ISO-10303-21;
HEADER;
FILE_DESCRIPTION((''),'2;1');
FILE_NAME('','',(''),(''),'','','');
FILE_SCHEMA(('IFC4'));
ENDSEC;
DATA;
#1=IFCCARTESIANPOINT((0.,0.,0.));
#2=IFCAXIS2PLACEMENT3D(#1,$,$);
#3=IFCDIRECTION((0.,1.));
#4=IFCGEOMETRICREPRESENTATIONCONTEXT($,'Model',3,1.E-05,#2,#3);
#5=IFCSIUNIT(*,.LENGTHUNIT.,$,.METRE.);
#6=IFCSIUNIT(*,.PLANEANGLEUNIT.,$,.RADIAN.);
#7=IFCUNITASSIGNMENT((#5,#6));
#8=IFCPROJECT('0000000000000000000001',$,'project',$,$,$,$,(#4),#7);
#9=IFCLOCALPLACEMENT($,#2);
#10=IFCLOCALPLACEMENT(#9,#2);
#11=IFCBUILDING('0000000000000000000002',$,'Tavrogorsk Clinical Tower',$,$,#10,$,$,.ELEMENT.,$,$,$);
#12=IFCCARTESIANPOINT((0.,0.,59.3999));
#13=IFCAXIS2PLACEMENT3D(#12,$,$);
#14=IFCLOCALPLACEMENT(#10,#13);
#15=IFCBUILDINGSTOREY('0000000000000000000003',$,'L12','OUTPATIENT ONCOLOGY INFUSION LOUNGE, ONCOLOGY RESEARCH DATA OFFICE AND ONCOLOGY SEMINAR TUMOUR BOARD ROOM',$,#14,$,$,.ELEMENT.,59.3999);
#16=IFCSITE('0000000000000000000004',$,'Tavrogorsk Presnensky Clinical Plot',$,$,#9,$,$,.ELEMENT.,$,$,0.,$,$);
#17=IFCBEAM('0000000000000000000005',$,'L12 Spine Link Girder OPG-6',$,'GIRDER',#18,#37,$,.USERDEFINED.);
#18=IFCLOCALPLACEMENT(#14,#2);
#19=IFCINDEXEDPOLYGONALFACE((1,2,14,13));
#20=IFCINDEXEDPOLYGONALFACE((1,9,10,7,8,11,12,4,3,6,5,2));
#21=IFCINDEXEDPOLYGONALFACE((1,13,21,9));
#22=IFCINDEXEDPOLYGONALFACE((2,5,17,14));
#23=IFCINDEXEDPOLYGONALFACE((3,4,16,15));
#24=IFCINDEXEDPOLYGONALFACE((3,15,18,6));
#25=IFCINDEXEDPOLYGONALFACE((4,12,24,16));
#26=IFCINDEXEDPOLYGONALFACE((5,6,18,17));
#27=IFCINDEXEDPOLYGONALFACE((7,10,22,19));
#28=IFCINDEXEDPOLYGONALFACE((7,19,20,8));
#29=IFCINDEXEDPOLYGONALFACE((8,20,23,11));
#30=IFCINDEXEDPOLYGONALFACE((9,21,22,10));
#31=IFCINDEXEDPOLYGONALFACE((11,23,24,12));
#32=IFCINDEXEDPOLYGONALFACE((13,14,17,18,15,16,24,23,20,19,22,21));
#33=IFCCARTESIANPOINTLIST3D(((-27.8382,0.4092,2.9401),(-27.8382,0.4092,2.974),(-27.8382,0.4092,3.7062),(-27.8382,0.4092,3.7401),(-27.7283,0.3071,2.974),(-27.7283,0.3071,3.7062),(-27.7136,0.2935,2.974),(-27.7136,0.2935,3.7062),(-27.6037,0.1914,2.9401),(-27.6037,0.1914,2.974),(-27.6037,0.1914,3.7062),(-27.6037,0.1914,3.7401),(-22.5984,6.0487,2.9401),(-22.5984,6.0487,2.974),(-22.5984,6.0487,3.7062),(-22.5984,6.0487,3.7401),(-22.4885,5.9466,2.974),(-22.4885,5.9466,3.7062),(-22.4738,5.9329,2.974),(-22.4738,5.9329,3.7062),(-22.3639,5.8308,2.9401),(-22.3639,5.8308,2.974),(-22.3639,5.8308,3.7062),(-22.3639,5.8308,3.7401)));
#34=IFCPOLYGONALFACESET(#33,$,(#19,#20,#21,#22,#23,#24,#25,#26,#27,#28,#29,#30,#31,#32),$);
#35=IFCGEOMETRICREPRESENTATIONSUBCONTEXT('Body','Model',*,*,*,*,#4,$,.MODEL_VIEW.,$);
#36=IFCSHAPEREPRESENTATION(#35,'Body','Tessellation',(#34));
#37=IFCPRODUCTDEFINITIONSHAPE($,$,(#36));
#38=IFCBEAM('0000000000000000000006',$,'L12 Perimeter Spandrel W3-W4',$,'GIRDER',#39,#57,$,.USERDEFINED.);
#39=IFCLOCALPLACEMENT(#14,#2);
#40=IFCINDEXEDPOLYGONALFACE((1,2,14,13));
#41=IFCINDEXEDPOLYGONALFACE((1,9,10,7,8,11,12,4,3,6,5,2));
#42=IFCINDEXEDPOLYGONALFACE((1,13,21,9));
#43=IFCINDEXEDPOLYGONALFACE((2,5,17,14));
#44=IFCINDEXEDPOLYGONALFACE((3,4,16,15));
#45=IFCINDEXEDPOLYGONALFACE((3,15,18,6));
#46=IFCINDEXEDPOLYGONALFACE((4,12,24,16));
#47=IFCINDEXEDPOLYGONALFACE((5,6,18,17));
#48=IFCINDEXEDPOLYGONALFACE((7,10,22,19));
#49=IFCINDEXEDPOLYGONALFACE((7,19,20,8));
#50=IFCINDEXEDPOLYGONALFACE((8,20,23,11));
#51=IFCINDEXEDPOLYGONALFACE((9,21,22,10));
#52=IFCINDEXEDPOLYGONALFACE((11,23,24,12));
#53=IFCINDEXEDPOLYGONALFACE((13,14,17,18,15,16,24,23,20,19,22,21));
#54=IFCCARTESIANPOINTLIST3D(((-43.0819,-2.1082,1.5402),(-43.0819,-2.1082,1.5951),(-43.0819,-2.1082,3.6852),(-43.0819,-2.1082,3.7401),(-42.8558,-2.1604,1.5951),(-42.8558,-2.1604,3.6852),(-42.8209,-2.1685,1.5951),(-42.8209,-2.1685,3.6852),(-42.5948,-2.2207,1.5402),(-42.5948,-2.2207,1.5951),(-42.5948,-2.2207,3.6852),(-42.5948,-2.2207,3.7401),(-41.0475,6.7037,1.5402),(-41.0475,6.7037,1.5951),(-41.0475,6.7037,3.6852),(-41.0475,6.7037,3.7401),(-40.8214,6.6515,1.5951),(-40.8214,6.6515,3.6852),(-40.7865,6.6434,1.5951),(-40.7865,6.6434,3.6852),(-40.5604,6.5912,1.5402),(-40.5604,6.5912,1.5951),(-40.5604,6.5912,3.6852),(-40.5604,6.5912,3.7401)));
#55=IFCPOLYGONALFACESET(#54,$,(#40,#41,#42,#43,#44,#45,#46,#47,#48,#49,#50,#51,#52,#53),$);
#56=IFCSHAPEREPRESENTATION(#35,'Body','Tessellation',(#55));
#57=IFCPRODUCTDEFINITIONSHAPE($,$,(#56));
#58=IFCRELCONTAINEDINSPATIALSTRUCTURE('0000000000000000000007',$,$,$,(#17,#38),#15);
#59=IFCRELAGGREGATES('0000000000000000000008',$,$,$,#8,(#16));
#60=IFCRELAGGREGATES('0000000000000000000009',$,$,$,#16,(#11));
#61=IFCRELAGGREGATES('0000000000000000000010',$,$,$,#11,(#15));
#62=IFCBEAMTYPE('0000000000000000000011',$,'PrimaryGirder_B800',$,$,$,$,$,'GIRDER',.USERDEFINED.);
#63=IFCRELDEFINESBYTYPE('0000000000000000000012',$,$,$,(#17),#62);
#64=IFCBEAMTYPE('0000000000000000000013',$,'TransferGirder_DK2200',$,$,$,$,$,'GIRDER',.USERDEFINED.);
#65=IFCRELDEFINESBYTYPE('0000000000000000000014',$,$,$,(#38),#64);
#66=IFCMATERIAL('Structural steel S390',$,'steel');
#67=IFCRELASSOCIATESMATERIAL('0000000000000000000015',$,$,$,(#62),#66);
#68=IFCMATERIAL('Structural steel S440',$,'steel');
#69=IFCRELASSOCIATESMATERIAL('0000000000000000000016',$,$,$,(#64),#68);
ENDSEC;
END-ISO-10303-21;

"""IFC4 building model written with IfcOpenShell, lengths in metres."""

from ifc_helpers import new_model, si_unit, direction, frame, origin, origin_2d, place, context, subcontext, project, spatial, i_section, extrude, material, material_profile, profile_set, type_object, element, save


model = new_model("IFC4")

# Units and contexts
model_context = context("Model", 3, precision=1e-05, world=origin(), true_north=direction((0.0, 1.0)))
body_context = subcontext(model_context, "Body", "Model", "MODEL_VIEW")
ifc_project = project(units=[si_unit("LENGTHUNIT", "METRE"), si_unit("PLANEANGLEUNIT", "RADIAN")], contexts=[model_context])

# Site, building, storey
site_placement = place(None, origin())
site = spatial("IfcSite", under=ifc_project, at=site_placement, Name="Tavrogorsk Presnensky Clinical Plot", CompositionType="ELEMENT", RefElevation=0.0)
building_placement = place(site_placement, origin())
building = spatial("IfcBuilding", under=site, at=building_placement, Name="Tavrogorsk Clinical Tower", CompositionType="ELEMENT")
storey_placement = place(building_placement, frame((0.0, 0.0, 59.3999)))
storey = spatial("IfcBuildingStorey", under=building, at=storey_placement, Name="L12", Description="OUTPATIENT ONCOLOGY INFUSION LOUNGE, ONCOLOGY RESEARCH DATA OFFICE AND ONCOLOGY SEMINAR TUMOUR BOARD ROOM", CompositionType="ELEMENT", Elevation=59.3999)

# Beams
ifc_material_1 = material(Name="Structural steel S390", Category="steel")
ifc_material_profile_1 = material_profile(ifc_material_1, i_section(OverallWidth=0.3201, OverallDepth=0.8, WebThickness=0.02, FlangeThickness=0.0339, at=origin_2d()), Name="B-800x320x20x34")
ifc_profile_set_1 = profile_set([ifc_material_profile_1], Name="Structural steel S390")
beam_type_1 = type_object("IfcBeamType", Name="PrimaryGirder_B800", ElementType="GIRDER", PredefinedType="USERDEFINED", material=ifc_profile_set_1)
for number, where, z_axis, x_axis, name in (
    (1, (-27.7209, 0.3003, 3.3401), (0.680671, 0.732589, 0.0), (-0.732589, 0.680671, 0.0), "L12 Spine Link Girder OPG-6"),
):
    element("IfcBeam", number, at=place(storey_placement, frame(where, z_axis=z_axis, x_axis=x_axis)), inside=storey, type_object=beam_type_1, Name=name, ObjectType="GIRDER", PredefinedType="USERDEFINED", context=body_context, shape_type="SweptSolid", body=[
        extrude(i_section(OverallWidth=0.3201, OverallDepth=0.8, WebThickness=0.02, FlangeThickness=0.0339, at=origin_2d()), origin(), (0.0, 0.0, 1.0), 7.698),
    ])
ifc_material_2 = material(Name="Structural steel S440", Category="steel")
ifc_material_profile_2 = material_profile(ifc_material_2, i_section(OverallWidth=0.5, OverallDepth=2.2, WebThickness=0.0359, FlangeThickness=0.0549, at=origin_2d()), Name="DK-2200x500x36x55")
ifc_profile_set_2 = profile_set([ifc_material_profile_2], Name="Structural steel S440")
beam_type_2 = type_object("IfcBeamType", Name="TransferGirder_DK2200", ElementType="GIRDER", PredefinedType="USERDEFINED", material=ifc_profile_set_2)
beam_1_placement = place(storey_placement, frame((-40.804, 6.6475, 2.6401), z_axis=(-0.224952, -0.97437, 0.0), x_axis=(0.97437, -0.224952, 0.0)))
element("IfcBeam", 2, at=beam_1_placement, inside=storey, type_object=beam_type_2, Name="L12 Perimeter Spandrel W3-W4", ObjectType="GIRDER", PredefinedType="USERDEFINED", context=body_context, shape_type="SweptSolid", body=[
    extrude(i_section(OverallWidth=0.5, OverallDepth=2.2, WebThickness=0.0359, FlangeThickness=0.0549, at=origin_2d()), origin(), (0.0, 0.0, 1.0), 9.0437),
])

save(model, "model.ifc")
